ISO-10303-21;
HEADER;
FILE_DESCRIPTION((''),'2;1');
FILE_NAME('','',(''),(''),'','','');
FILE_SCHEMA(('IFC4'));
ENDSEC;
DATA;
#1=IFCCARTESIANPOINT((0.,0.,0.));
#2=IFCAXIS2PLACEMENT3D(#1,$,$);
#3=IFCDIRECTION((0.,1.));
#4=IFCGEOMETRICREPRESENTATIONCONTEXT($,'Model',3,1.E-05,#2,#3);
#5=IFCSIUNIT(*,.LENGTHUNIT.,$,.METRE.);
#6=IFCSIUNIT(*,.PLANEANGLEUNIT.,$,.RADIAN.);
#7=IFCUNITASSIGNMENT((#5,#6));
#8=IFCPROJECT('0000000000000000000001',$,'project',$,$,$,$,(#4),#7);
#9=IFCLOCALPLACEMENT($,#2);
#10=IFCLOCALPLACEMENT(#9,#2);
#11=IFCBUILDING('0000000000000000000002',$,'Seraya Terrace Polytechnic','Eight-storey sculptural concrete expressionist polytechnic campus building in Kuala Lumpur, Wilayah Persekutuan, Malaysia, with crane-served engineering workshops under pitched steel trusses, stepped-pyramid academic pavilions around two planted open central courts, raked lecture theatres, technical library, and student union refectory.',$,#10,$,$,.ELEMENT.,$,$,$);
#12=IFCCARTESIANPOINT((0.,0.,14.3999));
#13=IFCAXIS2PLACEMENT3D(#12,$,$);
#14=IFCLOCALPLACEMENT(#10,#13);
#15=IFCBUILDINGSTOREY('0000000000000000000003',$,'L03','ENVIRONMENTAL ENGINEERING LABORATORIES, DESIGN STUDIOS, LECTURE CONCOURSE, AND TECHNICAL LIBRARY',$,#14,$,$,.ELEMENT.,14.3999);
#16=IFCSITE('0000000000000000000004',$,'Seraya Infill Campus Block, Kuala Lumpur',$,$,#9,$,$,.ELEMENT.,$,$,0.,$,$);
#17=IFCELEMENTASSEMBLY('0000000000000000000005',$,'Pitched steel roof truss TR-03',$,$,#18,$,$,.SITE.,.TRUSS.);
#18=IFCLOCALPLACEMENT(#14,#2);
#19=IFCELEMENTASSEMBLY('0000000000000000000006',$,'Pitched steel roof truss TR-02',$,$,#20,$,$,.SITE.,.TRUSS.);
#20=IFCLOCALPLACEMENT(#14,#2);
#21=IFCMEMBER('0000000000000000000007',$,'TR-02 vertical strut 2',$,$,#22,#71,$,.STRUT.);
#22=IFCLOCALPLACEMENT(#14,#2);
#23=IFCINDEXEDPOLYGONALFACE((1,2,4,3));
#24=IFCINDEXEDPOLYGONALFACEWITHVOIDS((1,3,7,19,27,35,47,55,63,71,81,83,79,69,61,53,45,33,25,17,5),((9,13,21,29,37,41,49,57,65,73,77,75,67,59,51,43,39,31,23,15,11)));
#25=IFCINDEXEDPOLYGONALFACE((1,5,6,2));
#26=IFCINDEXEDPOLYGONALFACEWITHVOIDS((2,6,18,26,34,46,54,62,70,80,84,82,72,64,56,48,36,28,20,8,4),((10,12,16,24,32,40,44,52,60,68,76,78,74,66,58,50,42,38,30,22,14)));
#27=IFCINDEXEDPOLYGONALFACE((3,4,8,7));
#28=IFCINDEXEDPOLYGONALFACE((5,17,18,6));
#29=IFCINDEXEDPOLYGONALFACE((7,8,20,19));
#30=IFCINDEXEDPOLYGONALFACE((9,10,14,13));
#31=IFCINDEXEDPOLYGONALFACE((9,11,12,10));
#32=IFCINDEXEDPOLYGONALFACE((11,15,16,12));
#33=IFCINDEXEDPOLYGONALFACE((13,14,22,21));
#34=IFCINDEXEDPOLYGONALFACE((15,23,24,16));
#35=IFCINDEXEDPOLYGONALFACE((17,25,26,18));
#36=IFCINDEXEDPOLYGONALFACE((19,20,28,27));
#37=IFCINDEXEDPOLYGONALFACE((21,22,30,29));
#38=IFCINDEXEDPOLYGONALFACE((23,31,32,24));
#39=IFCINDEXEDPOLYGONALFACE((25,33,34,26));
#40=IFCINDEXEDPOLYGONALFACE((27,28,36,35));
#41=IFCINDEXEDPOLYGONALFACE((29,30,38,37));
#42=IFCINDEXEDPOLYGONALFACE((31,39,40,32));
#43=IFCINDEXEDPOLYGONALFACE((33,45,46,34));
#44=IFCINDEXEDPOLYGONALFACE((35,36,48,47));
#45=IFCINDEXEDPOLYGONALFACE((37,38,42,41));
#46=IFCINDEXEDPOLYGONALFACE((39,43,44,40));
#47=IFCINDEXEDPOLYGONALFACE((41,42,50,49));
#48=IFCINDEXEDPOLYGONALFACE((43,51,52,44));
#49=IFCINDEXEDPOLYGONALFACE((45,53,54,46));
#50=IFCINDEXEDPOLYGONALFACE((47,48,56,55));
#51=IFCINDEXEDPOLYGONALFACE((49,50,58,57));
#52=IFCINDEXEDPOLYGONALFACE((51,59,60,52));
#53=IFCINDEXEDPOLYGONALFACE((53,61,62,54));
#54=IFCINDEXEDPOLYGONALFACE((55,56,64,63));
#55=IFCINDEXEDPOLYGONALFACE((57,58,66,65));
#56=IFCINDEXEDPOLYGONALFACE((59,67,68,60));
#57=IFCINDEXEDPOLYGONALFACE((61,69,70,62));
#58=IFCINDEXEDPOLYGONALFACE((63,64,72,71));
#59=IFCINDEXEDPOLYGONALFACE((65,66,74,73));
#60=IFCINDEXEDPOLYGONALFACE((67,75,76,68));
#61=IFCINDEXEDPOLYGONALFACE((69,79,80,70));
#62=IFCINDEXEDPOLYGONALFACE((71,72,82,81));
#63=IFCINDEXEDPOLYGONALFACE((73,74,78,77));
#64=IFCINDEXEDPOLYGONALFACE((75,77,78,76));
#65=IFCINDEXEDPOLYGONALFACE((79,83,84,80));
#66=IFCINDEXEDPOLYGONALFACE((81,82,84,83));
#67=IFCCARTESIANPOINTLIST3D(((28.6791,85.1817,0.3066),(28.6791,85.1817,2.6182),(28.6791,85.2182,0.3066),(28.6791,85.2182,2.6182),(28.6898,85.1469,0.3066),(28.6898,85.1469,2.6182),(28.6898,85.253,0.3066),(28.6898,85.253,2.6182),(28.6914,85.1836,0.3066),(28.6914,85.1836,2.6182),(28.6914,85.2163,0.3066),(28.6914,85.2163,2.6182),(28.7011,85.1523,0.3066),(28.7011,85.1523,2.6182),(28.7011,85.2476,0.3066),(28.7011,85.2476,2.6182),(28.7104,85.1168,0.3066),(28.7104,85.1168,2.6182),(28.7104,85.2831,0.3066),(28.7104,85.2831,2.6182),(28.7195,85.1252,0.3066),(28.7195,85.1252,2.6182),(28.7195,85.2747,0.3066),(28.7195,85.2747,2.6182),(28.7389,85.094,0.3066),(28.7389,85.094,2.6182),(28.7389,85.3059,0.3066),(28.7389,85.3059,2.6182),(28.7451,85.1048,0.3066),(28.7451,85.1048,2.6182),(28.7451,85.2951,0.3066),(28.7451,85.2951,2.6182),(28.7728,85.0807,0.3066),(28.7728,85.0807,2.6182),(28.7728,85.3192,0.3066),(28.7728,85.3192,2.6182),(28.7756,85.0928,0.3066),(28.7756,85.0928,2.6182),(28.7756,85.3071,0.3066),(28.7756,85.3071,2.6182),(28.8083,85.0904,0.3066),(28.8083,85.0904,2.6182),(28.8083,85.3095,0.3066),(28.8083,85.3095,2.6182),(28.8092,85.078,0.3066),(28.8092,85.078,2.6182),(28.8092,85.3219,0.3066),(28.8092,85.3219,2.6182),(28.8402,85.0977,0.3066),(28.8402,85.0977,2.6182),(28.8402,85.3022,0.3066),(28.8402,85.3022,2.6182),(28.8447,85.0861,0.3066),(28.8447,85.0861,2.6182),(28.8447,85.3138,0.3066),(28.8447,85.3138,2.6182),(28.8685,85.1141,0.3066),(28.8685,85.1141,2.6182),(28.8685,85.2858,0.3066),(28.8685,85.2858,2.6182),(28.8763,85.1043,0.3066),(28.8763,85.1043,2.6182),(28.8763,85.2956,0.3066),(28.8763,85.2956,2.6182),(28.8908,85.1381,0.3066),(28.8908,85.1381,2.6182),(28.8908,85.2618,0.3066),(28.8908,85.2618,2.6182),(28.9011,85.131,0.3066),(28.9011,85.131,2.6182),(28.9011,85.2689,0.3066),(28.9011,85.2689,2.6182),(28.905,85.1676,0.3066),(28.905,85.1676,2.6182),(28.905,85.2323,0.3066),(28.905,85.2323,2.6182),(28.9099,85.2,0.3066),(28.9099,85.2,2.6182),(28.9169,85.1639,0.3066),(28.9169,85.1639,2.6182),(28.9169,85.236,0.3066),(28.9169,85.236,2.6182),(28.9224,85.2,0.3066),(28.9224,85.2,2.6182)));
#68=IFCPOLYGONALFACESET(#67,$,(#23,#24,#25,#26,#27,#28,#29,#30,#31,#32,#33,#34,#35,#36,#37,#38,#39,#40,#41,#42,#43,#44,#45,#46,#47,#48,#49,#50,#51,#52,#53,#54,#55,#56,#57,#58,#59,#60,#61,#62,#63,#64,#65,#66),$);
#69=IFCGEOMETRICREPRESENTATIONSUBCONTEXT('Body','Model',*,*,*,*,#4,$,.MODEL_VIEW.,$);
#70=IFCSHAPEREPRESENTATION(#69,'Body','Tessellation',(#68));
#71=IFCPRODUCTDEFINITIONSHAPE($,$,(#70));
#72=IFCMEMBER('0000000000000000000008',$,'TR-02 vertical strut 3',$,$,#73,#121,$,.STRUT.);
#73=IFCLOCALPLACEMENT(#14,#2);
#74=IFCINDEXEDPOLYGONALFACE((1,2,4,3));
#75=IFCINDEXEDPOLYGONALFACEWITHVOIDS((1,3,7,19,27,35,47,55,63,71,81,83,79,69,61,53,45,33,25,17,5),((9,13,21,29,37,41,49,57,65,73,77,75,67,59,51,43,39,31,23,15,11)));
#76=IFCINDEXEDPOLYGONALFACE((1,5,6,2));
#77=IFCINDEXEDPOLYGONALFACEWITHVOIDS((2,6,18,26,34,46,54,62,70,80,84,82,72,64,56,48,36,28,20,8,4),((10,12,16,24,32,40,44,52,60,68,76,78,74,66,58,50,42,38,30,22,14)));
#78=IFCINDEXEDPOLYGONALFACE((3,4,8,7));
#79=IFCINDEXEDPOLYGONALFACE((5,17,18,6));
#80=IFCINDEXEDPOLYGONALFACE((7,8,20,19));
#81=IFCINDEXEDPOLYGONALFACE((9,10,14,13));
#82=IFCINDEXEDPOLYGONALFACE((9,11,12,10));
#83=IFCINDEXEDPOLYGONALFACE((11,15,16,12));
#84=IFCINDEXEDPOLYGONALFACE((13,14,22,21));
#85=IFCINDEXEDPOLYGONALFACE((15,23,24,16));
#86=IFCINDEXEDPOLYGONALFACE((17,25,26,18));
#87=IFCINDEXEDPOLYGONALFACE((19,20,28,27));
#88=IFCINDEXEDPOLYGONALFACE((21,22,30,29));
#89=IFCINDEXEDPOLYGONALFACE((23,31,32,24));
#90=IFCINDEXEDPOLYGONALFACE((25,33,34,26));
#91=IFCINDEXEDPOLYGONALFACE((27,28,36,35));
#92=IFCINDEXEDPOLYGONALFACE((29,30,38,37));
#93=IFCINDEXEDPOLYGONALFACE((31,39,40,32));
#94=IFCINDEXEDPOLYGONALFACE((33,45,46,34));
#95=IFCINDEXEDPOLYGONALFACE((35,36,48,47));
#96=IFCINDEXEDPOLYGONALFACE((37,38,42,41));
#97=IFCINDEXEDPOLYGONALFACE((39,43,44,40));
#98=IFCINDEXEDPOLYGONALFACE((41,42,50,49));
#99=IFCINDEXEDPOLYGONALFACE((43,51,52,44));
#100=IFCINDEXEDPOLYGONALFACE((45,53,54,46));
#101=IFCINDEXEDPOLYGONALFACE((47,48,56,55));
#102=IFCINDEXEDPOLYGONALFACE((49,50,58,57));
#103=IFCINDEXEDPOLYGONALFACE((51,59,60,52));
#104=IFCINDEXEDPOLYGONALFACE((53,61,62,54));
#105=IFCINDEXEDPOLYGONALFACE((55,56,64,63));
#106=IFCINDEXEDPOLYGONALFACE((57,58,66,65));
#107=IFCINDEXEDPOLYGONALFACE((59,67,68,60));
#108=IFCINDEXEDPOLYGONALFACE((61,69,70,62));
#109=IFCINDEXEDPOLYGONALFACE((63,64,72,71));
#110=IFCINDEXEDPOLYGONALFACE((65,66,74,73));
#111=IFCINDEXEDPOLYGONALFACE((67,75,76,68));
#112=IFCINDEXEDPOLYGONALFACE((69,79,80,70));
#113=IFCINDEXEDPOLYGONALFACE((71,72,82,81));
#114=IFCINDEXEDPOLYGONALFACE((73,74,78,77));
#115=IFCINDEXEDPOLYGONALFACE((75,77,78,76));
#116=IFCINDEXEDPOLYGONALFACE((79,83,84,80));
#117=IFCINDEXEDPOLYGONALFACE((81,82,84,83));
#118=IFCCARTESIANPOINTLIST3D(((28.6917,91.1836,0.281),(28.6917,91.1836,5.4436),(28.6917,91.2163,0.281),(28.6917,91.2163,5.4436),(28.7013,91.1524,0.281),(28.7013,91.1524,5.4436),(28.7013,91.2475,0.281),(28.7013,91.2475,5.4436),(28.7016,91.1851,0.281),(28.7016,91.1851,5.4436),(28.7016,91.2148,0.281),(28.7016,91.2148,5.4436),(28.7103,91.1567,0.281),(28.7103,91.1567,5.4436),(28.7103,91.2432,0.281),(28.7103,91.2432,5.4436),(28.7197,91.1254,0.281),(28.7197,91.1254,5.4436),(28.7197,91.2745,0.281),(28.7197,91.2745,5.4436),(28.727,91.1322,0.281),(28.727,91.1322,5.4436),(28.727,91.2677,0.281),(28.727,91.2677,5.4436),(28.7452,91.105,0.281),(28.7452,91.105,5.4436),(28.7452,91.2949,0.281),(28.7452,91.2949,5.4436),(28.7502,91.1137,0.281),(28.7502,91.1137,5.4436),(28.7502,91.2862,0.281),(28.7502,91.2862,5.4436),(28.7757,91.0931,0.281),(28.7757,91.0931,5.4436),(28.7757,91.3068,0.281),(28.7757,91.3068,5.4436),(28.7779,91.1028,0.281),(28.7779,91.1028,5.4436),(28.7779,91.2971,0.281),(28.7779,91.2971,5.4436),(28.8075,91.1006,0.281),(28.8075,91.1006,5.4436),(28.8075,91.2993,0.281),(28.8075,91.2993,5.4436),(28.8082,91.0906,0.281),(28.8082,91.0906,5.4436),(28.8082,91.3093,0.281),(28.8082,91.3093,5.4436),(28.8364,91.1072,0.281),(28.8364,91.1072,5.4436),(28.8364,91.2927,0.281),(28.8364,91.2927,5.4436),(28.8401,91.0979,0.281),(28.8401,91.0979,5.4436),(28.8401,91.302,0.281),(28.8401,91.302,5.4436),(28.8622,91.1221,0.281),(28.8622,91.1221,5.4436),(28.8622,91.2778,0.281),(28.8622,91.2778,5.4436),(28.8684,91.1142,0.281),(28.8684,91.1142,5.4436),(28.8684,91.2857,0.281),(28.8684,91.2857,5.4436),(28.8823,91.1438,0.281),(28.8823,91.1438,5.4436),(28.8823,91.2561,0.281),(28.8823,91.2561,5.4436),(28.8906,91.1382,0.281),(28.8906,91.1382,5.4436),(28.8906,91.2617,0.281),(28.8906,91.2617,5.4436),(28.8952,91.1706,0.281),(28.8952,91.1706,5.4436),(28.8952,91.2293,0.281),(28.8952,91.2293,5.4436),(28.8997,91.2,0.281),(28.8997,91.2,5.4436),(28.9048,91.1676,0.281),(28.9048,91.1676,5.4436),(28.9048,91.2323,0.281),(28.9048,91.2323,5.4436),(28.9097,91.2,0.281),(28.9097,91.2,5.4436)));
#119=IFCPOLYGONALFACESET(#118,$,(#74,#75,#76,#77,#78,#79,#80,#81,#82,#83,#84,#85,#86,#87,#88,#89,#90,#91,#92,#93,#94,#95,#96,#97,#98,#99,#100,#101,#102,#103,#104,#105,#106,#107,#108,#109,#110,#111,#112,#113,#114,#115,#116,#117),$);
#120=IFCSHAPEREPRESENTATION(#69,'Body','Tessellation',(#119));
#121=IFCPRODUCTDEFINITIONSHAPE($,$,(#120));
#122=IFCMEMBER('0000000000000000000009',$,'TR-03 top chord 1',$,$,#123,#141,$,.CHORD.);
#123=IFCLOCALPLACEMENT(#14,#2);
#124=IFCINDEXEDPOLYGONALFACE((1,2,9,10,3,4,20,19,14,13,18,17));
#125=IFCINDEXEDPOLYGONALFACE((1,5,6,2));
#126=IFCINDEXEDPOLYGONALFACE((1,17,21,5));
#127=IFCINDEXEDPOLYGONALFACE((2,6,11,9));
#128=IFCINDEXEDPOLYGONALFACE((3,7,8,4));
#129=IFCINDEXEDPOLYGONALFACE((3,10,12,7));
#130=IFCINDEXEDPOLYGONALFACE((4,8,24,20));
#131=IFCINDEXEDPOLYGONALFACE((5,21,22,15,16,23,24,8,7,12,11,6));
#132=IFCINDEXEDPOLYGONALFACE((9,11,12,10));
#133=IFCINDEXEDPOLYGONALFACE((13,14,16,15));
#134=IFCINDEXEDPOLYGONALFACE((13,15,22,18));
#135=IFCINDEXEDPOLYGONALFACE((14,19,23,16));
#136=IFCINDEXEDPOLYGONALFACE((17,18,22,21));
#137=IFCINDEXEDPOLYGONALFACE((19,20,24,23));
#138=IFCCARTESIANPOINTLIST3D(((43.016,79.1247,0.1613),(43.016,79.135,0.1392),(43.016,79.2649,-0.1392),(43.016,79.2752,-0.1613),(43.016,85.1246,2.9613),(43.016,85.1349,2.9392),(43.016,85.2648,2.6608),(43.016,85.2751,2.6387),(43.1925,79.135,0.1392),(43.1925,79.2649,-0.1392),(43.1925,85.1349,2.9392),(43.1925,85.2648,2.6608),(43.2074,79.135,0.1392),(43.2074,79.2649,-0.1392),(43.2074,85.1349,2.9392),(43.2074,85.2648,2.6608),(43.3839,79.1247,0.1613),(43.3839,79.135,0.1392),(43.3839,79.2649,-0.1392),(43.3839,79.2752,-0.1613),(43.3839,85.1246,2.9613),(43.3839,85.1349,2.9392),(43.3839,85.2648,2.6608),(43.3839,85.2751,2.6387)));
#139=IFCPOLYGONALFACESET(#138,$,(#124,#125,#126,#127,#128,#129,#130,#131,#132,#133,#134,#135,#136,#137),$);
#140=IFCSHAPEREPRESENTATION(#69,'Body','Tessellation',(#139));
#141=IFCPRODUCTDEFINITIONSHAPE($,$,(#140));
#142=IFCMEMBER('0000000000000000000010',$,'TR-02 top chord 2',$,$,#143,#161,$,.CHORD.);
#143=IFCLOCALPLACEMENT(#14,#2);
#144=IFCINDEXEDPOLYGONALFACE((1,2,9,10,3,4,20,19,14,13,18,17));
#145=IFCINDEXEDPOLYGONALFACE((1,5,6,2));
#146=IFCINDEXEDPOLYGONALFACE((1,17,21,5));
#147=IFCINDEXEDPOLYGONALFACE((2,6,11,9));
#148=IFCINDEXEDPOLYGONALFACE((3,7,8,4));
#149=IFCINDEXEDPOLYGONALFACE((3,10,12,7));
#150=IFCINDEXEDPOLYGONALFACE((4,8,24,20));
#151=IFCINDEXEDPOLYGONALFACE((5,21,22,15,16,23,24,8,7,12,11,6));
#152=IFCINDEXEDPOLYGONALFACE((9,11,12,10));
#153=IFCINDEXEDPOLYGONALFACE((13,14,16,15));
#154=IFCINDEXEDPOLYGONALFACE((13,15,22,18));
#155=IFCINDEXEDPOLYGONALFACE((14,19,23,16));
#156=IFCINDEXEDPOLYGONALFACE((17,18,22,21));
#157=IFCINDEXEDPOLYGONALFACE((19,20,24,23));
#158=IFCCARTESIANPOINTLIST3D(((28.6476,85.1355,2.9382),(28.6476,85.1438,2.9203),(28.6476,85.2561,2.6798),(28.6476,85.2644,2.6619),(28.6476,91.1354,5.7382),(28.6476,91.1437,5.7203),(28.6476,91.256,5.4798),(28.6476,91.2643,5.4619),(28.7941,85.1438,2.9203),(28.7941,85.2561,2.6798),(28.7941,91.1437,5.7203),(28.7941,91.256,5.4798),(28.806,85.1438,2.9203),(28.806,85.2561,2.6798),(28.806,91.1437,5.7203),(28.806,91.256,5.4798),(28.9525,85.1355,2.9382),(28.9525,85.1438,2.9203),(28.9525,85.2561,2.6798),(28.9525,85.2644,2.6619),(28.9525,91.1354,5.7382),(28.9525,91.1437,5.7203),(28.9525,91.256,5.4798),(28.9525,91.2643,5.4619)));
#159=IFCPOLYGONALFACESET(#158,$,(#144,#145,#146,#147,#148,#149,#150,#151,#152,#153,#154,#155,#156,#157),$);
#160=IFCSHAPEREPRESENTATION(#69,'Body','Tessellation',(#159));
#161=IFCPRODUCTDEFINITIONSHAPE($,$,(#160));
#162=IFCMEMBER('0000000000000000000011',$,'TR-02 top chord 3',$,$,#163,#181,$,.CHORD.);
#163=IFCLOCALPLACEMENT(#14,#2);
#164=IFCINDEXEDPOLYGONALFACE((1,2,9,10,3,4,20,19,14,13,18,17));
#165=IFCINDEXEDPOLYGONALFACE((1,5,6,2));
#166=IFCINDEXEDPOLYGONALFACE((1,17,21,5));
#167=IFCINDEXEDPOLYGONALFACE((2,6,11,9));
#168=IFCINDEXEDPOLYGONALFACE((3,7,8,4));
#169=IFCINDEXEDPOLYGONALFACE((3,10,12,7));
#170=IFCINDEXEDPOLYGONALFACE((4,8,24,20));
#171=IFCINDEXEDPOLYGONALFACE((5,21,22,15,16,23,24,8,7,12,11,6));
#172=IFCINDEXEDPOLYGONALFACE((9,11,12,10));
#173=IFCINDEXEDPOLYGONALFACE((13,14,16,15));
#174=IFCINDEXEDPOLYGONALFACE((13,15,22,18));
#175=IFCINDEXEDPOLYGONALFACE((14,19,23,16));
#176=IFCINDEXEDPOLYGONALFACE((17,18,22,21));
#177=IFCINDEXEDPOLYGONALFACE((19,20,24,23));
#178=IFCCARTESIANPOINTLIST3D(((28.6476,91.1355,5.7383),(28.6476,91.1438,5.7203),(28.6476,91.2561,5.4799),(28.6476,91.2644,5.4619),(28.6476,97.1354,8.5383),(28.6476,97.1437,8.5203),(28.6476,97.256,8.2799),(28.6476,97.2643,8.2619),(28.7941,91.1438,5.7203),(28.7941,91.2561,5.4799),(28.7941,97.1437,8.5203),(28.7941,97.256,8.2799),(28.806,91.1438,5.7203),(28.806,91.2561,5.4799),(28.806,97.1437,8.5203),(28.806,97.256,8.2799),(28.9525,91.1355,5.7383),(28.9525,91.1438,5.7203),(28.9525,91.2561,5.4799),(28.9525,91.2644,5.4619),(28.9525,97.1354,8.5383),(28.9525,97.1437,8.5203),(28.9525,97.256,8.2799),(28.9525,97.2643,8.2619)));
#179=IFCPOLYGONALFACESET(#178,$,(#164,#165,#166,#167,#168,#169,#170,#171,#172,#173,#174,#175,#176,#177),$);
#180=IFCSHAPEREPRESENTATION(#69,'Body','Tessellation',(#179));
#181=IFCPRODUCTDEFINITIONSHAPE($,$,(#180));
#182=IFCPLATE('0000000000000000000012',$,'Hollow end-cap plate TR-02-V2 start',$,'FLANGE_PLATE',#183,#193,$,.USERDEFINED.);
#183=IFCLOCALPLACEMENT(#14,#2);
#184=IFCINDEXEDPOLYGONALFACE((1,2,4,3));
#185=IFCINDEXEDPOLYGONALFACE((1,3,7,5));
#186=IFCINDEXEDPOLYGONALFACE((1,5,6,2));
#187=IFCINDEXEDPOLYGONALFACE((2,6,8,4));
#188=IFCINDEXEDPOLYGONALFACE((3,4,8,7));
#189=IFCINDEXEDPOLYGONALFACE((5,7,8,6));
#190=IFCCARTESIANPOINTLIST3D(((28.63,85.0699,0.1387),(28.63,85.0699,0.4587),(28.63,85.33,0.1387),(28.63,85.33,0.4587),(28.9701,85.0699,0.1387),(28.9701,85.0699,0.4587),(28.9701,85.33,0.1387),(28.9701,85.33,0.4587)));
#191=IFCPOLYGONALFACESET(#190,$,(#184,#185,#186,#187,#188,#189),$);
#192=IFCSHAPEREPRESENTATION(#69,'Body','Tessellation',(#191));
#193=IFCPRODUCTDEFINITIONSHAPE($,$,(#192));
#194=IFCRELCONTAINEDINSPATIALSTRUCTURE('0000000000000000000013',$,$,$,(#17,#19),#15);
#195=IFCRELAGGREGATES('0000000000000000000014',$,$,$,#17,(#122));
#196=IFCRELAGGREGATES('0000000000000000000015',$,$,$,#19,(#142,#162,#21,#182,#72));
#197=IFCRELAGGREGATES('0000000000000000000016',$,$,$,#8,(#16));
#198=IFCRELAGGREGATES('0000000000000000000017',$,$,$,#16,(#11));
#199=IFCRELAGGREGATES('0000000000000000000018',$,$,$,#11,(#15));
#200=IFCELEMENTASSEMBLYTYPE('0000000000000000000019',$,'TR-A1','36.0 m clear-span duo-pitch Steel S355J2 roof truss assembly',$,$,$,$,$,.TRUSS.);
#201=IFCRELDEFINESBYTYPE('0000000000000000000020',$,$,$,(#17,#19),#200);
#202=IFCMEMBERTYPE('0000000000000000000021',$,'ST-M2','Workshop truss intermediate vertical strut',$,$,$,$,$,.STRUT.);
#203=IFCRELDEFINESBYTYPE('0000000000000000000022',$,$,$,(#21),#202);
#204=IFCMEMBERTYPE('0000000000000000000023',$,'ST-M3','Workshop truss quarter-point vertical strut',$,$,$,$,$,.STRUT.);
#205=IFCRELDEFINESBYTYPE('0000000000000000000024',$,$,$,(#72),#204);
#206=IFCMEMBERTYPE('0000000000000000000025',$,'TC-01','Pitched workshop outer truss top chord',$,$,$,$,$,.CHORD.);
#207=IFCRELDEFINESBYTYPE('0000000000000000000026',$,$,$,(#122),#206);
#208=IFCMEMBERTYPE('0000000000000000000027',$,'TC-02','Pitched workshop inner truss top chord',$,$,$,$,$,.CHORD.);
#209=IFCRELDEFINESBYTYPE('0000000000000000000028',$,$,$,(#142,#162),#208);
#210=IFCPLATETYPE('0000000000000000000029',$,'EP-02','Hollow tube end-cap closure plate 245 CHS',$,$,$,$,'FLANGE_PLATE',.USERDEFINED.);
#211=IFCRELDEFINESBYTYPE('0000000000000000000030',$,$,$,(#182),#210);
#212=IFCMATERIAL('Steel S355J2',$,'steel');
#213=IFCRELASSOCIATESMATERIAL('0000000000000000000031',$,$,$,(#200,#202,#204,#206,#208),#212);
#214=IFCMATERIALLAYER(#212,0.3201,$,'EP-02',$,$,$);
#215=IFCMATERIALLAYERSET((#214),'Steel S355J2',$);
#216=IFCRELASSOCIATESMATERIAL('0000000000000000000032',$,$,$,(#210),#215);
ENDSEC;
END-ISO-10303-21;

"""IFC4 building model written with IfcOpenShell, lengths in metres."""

from ifc_helpers import new_model, si_unit, direction, frame, origin, origin_2d, place, context, subcontext, project, spatial, rectangle, hollow_circle, i_section, extrude, material, layer, layer_set, material_profile, profile_set, type_object, element, aggregate, save


model = new_model("IFC4")

# Units and contexts
model_context = context("Model", 3, precision=1e-05, world=origin(), true_north=direction((0.0, 1.0)))
body_context = subcontext(model_context, "Body", "Model", "MODEL_VIEW")
ifc_project = project(units=[si_unit("LENGTHUNIT", "METRE"), si_unit("PLANEANGLEUNIT", "RADIAN")], contexts=[model_context])

# Site, building, storey
site_placement = place(None, origin())
site = spatial("IfcSite", under=ifc_project, at=site_placement, Name="Seraya Infill Campus Block, Kuala Lumpur", CompositionType="ELEMENT", RefElevation=0.0)
building_placement = place(site_placement, origin())
building = spatial("IfcBuilding", under=site, at=building_placement, Name="Seraya Terrace Polytechnic", Description="Eight-storey sculptural concrete expressionist polytechnic campus building in Kuala Lumpur, Wilayah Persekutuan, Malaysia, with crane-served engineering workshops under pitched steel trusses, stepped-pyramid academic pavilions around two planted open central courts, raked lecture theatres, technical library, and student union refectory.", CompositionType="ELEMENT")
storey_placement = place(building_placement, frame((0.0, 0.0, 14.3999)))
storey = spatial("IfcBuildingStorey", under=building, at=storey_placement, Name="L03", Description="ENVIRONMENTAL ENGINEERING LABORATORIES, DESIGN STUDIOS, LECTURE CONCOURSE, AND TECHNICAL LIBRARY", CompositionType="ELEMENT", Elevation=14.3999)

# Element assembly
ifc_material_1 = material(Name="Steel S355J2", Category="steel")
element_assembly_type = type_object("IfcElementAssemblyType", Name="TR-A1", Description="36.0 m clear-span duo-pitch Steel S355J2 roof truss assembly", PredefinedType="TRUSS", material=ifc_material_1)
assembly_1_placement = place(storey_placement, origin())
assembly_1 = element("IfcElementAssembly", 1, at=assembly_1_placement, inside=storey, type_object=element_assembly_type, Name="Pitched steel roof truss TR-03", AssemblyPlace="SITE", PredefinedType="TRUSS")

# Element assembly
assembly_2_placement = place(storey_placement, origin())
assembly_2 = element("IfcElementAssembly", 2, at=assembly_2_placement, inside=storey, type_object=element_assembly_type, Name="Pitched steel roof truss TR-02", AssemblyPlace="SITE", PredefinedType="TRUSS")

# Members
ifc_material_profile_1 = material_profile(ifc_material_1, hollow_circle(Radius=0.1223, WallThickness=0.0125, at=origin_2d()), Name="CHS 244.5x12.5")
ifc_profile_set_1 = profile_set([ifc_material_profile_1], Name="Steel S355J2")
member_type_1 = type_object("IfcMemberType", Name="ST-M2", Description="Workshop truss intermediate vertical strut", PredefinedType="STRUT", material=ifc_profile_set_1)
member_1_placement = place(storey_placement, frame((28.8, 85.2, 0.3066), z_axis=(0.0, 0.0, 1.0), x_axis=(1.0, 0.0, 0.0)))
member_1 = element("IfcMember", 3, at=member_1_placement, type_object=member_type_1, Name="TR-02 vertical strut 2", PredefinedType="STRUT", context=body_context, shape_type="SweptSolid", body=[
    extrude(hollow_circle(Radius=0.1223, WallThickness=0.0125, at=origin_2d()), origin(), (0.0, 0.0, 1.0), 2.3115),
])
ifc_material_profile_2 = material_profile(ifc_material_1, hollow_circle(Radius=0.1096, WallThickness=0.01, at=origin_2d()), Name="CHS 219.1x10.0")
ifc_profile_set_2 = profile_set([ifc_material_profile_2], Name="Steel S355J2")
member_type_2 = type_object("IfcMemberType", Name="ST-M3", Description="Workshop truss quarter-point vertical strut", PredefinedType="STRUT", material=ifc_profile_set_2)
member_2_placement = place(storey_placement, frame((28.8, 91.2, 0.281), z_axis=(0.0, 0.0, 1.0), x_axis=(1.0, 0.0, 0.0)))
member_2 = element("IfcMember", 4, at=member_2_placement, type_object=member_type_2, Name="TR-02 vertical strut 3", PredefinedType="STRUT", context=body_context, shape_type="SweptSolid", body=[
    extrude(hollow_circle(Radius=0.1096, WallThickness=0.01, at=origin_2d()), origin(), (0.0, 0.0, 1.0), 5.1626),
])
ifc_material_profile_3 = material_profile(ifc_material_1, i_section(OverallWidth=0.3679, OverallDepth=0.356, WebThickness=0.0149, FlangeThickness=0.0244, at=origin_2d()), Name="UKC 356x368x15.0x24.4")
ifc_profile_set_3 = profile_set([ifc_material_profile_3], Name="Steel S355J2")
member_type_3 = type_object("IfcMemberType", Name="TC-01", Description="Pitched workshop outer truss top chord", PredefinedType="CHORD", material=ifc_profile_set_3)
member_3_placement = place(storey_placement, frame((43.2, 79.2, 0.0), z_axis=(0.0, 0.90618, 0.422892), x_axis=(-1.0, 0.0, 0.0)))
member_3 = element("IfcMember", 5, at=member_3_placement, type_object=member_type_3, Name="TR-03 top chord 1", PredefinedType="CHORD", context=body_context, shape_type="SweptSolid", body=[
    extrude(i_section(OverallWidth=0.3679, OverallDepth=0.356, WebThickness=0.0149, FlangeThickness=0.0244, at=origin_2d()), origin(), (0.0, 0.0, 1.0), 6.6211),
])
ifc_material_profile_4 = material_profile(ifc_material_1, i_section(OverallWidth=0.3049, OverallDepth=0.3049, WebThickness=0.012, FlangeThickness=0.0198, at=origin_2d()), Name="UKC 305x305x12.0x19.7")
ifc_profile_set_4 = profile_set([ifc_material_profile_4], Name="Steel S355J2")
member_type_4 = type_object("IfcMemberType", Name="TC-02", Description="Pitched workshop inner truss top chord", PredefinedType="CHORD", material=ifc_profile_set_4)
member_4_placement = place(storey_placement, frame((28.8, 85.2, 2.8), z_axis=(0.0, 0.90618, 0.422892), x_axis=(-1.0, 0.0, 0.0)))
member_4 = element("IfcMember", 6, at=member_4_placement, type_object=member_type_4, Name="TR-02 top chord 2", PredefinedType="CHORD", context=body_context, shape_type="SweptSolid", body=[
    extrude(i_section(OverallWidth=0.3049, OverallDepth=0.3049, WebThickness=0.012, FlangeThickness=0.0198, at=origin_2d()), origin(), (0.0, 0.0, 1.0), 6.6211),
])
member_5_placement = place(storey_placement, frame((28.8, 91.2, 5.6001), z_axis=(0.0, 0.90618, 0.422892), x_axis=(-1.0, 0.0, 0.0)))
member_5 = element("IfcMember", 7, at=member_5_placement, type_object=member_type_4, Name="TR-02 top chord 3", PredefinedType="CHORD", context=body_context, shape_type="SweptSolid", body=[
    extrude(i_section(OverallWidth=0.3049, OverallDepth=0.3049, WebThickness=0.012, FlangeThickness=0.0198, at=origin_2d()), origin(), (0.0, 0.0, 1.0), 6.6211),
])

# Plate
ifc_layer_1 = layer(ifc_material_1, 0.3201, Name="EP-02")
ifc_layer_set_1 = layer_set([ifc_layer_1], Name="Steel S355J2")
plate_type_1 = type_object("IfcPlateType", Name="EP-02", Description="Hollow tube end-cap closure plate 245 CHS", ElementType="FLANGE_PLATE", PredefinedType="USERDEFINED", material=ifc_layer_set_1)
plate_1_placement = place(storey_placement, frame((28.8, 85.2, 0.1387), z_axis=(0.0, 0.0, 1.0), x_axis=(1.0, 0.0, 0.0)))
plate_1 = element("IfcPlate", 8, at=plate_1_placement, type_object=plate_type_1, Name="Hollow end-cap plate TR-02-V2 start", ObjectType="FLANGE_PLATE", PredefinedType="USERDEFINED", context=body_context, shape_type="SweptSolid", body=[
    extrude(rectangle(XDim=0.3401, YDim=0.26, at=origin_2d()), origin(), (0.0, 0.0, 1.0), 0.3201),
])
aggregate(assembly_1, [member_3])
aggregate(assembly_2, [member_4, member_5, member_1, plate_1, member_2])

save(model, "model.ifc")
